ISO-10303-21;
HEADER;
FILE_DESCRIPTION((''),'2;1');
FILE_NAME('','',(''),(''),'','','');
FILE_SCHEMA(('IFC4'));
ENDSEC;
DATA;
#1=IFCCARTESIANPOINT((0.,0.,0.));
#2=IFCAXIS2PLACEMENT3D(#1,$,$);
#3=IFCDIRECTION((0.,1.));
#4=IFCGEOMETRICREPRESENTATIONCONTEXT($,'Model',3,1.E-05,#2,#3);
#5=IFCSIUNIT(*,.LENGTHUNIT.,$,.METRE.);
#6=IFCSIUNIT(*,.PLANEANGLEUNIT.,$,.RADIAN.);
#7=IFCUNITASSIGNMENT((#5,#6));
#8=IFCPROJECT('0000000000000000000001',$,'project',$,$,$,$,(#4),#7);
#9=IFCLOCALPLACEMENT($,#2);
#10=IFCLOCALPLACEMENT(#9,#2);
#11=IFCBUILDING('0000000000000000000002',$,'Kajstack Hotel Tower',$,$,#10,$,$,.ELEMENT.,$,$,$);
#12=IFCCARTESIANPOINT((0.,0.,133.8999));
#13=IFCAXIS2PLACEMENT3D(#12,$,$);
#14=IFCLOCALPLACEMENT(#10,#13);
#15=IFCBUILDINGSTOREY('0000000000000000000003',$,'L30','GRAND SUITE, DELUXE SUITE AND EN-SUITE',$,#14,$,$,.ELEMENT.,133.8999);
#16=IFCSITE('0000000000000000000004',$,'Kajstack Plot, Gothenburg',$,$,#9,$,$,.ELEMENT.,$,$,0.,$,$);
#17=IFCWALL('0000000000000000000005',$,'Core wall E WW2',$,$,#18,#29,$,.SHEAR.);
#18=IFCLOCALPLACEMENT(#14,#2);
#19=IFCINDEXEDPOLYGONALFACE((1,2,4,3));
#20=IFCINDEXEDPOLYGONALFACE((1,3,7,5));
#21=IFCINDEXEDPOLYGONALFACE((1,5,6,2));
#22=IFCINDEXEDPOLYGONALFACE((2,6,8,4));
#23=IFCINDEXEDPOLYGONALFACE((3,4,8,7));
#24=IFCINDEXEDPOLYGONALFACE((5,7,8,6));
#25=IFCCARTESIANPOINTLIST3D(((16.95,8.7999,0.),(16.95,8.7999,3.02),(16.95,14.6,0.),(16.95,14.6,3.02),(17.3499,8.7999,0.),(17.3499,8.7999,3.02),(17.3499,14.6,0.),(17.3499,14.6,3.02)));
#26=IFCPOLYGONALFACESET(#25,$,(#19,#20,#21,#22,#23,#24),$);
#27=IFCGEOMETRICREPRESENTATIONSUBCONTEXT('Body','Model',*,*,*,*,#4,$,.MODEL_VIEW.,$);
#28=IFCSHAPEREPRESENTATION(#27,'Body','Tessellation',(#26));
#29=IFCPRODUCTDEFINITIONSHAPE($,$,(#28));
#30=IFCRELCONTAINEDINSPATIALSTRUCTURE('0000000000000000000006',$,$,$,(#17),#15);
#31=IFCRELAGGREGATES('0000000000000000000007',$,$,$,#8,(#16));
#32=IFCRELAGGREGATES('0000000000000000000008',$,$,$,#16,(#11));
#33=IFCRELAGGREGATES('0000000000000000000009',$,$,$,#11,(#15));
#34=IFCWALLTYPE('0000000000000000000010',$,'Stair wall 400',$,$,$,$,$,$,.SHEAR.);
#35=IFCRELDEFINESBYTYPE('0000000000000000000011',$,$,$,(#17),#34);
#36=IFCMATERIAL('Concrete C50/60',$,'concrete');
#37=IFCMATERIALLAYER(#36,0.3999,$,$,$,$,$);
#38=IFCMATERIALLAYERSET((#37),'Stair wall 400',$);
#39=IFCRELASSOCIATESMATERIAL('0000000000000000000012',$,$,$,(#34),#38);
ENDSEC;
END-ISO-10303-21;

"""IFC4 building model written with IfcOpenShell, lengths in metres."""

from ifc_helpers import new_model, si_unit, direction, frame, frame_2d, origin, place, context, subcontext, project, spatial, rectangle, extrude, material, layer, layer_set, type_object, element, save


model = new_model("IFC4")

# Units and contexts
model_context = context("Model", 3, precision=1e-05, world=origin(), true_north=direction((0.0, 1.0)))
body_context = subcontext(model_context, "Body", "Model", "MODEL_VIEW")
ifc_project = project(units=[si_unit("LENGTHUNIT", "METRE"), si_unit("PLANEANGLEUNIT", "RADIAN")], contexts=[model_context])

# Site, building, storey
site_placement = place(None, origin())
site = spatial("IfcSite", under=ifc_project, at=site_placement, Name="Kajstack Plot, Gothenburg", CompositionType="ELEMENT", RefElevation=0.0)
building_placement = place(site_placement, origin())
building = spatial("IfcBuilding", under=site, at=building_placement, Name="Kajstack Hotel Tower", CompositionType="ELEMENT")
storey_placement = place(building_placement, frame((0.0, 0.0, 133.8999)))
storey = spatial("IfcBuildingStorey", under=building, at=storey_placement, Name="L30", Description="GRAND SUITE, DELUXE SUITE AND EN-SUITE", CompositionType="ELEMENT", Elevation=133.8999)

# Shared definitions
ifc_material_1 = material(Name="Concrete C50/60", Category="concrete")

# Wall
ifc_layer_1 = layer(ifc_material_1, 0.3999)
ifc_layer_set_1 = layer_set([ifc_layer_1], Name="Stair wall 400")
wall_type_1 = type_object("IfcWallType", Name="Stair wall 400", PredefinedType="SHEAR", material=ifc_layer_set_1)
wall_1_placement = place(storey_placement, frame((17.1499, 8.8, 0.0), z_axis=(0.0, 0.0, 1.0), x_axis=(0.0, 1.0, 0.0)))
element("IfcWall", 1, at=wall_1_placement, inside=storey, type_object=wall_type_1, Name="Core wall E WW2", PredefinedType="SHEAR", context=body_context, shape_type="SweptSolid", body=[
    extrude(rectangle(XDim=5.8, YDim=0.3999, at=frame_2d((2.8999, 0.0))), origin(), (0.0, 0.0, 1.0), 3.02),
])

save(model, "model.ifc")
